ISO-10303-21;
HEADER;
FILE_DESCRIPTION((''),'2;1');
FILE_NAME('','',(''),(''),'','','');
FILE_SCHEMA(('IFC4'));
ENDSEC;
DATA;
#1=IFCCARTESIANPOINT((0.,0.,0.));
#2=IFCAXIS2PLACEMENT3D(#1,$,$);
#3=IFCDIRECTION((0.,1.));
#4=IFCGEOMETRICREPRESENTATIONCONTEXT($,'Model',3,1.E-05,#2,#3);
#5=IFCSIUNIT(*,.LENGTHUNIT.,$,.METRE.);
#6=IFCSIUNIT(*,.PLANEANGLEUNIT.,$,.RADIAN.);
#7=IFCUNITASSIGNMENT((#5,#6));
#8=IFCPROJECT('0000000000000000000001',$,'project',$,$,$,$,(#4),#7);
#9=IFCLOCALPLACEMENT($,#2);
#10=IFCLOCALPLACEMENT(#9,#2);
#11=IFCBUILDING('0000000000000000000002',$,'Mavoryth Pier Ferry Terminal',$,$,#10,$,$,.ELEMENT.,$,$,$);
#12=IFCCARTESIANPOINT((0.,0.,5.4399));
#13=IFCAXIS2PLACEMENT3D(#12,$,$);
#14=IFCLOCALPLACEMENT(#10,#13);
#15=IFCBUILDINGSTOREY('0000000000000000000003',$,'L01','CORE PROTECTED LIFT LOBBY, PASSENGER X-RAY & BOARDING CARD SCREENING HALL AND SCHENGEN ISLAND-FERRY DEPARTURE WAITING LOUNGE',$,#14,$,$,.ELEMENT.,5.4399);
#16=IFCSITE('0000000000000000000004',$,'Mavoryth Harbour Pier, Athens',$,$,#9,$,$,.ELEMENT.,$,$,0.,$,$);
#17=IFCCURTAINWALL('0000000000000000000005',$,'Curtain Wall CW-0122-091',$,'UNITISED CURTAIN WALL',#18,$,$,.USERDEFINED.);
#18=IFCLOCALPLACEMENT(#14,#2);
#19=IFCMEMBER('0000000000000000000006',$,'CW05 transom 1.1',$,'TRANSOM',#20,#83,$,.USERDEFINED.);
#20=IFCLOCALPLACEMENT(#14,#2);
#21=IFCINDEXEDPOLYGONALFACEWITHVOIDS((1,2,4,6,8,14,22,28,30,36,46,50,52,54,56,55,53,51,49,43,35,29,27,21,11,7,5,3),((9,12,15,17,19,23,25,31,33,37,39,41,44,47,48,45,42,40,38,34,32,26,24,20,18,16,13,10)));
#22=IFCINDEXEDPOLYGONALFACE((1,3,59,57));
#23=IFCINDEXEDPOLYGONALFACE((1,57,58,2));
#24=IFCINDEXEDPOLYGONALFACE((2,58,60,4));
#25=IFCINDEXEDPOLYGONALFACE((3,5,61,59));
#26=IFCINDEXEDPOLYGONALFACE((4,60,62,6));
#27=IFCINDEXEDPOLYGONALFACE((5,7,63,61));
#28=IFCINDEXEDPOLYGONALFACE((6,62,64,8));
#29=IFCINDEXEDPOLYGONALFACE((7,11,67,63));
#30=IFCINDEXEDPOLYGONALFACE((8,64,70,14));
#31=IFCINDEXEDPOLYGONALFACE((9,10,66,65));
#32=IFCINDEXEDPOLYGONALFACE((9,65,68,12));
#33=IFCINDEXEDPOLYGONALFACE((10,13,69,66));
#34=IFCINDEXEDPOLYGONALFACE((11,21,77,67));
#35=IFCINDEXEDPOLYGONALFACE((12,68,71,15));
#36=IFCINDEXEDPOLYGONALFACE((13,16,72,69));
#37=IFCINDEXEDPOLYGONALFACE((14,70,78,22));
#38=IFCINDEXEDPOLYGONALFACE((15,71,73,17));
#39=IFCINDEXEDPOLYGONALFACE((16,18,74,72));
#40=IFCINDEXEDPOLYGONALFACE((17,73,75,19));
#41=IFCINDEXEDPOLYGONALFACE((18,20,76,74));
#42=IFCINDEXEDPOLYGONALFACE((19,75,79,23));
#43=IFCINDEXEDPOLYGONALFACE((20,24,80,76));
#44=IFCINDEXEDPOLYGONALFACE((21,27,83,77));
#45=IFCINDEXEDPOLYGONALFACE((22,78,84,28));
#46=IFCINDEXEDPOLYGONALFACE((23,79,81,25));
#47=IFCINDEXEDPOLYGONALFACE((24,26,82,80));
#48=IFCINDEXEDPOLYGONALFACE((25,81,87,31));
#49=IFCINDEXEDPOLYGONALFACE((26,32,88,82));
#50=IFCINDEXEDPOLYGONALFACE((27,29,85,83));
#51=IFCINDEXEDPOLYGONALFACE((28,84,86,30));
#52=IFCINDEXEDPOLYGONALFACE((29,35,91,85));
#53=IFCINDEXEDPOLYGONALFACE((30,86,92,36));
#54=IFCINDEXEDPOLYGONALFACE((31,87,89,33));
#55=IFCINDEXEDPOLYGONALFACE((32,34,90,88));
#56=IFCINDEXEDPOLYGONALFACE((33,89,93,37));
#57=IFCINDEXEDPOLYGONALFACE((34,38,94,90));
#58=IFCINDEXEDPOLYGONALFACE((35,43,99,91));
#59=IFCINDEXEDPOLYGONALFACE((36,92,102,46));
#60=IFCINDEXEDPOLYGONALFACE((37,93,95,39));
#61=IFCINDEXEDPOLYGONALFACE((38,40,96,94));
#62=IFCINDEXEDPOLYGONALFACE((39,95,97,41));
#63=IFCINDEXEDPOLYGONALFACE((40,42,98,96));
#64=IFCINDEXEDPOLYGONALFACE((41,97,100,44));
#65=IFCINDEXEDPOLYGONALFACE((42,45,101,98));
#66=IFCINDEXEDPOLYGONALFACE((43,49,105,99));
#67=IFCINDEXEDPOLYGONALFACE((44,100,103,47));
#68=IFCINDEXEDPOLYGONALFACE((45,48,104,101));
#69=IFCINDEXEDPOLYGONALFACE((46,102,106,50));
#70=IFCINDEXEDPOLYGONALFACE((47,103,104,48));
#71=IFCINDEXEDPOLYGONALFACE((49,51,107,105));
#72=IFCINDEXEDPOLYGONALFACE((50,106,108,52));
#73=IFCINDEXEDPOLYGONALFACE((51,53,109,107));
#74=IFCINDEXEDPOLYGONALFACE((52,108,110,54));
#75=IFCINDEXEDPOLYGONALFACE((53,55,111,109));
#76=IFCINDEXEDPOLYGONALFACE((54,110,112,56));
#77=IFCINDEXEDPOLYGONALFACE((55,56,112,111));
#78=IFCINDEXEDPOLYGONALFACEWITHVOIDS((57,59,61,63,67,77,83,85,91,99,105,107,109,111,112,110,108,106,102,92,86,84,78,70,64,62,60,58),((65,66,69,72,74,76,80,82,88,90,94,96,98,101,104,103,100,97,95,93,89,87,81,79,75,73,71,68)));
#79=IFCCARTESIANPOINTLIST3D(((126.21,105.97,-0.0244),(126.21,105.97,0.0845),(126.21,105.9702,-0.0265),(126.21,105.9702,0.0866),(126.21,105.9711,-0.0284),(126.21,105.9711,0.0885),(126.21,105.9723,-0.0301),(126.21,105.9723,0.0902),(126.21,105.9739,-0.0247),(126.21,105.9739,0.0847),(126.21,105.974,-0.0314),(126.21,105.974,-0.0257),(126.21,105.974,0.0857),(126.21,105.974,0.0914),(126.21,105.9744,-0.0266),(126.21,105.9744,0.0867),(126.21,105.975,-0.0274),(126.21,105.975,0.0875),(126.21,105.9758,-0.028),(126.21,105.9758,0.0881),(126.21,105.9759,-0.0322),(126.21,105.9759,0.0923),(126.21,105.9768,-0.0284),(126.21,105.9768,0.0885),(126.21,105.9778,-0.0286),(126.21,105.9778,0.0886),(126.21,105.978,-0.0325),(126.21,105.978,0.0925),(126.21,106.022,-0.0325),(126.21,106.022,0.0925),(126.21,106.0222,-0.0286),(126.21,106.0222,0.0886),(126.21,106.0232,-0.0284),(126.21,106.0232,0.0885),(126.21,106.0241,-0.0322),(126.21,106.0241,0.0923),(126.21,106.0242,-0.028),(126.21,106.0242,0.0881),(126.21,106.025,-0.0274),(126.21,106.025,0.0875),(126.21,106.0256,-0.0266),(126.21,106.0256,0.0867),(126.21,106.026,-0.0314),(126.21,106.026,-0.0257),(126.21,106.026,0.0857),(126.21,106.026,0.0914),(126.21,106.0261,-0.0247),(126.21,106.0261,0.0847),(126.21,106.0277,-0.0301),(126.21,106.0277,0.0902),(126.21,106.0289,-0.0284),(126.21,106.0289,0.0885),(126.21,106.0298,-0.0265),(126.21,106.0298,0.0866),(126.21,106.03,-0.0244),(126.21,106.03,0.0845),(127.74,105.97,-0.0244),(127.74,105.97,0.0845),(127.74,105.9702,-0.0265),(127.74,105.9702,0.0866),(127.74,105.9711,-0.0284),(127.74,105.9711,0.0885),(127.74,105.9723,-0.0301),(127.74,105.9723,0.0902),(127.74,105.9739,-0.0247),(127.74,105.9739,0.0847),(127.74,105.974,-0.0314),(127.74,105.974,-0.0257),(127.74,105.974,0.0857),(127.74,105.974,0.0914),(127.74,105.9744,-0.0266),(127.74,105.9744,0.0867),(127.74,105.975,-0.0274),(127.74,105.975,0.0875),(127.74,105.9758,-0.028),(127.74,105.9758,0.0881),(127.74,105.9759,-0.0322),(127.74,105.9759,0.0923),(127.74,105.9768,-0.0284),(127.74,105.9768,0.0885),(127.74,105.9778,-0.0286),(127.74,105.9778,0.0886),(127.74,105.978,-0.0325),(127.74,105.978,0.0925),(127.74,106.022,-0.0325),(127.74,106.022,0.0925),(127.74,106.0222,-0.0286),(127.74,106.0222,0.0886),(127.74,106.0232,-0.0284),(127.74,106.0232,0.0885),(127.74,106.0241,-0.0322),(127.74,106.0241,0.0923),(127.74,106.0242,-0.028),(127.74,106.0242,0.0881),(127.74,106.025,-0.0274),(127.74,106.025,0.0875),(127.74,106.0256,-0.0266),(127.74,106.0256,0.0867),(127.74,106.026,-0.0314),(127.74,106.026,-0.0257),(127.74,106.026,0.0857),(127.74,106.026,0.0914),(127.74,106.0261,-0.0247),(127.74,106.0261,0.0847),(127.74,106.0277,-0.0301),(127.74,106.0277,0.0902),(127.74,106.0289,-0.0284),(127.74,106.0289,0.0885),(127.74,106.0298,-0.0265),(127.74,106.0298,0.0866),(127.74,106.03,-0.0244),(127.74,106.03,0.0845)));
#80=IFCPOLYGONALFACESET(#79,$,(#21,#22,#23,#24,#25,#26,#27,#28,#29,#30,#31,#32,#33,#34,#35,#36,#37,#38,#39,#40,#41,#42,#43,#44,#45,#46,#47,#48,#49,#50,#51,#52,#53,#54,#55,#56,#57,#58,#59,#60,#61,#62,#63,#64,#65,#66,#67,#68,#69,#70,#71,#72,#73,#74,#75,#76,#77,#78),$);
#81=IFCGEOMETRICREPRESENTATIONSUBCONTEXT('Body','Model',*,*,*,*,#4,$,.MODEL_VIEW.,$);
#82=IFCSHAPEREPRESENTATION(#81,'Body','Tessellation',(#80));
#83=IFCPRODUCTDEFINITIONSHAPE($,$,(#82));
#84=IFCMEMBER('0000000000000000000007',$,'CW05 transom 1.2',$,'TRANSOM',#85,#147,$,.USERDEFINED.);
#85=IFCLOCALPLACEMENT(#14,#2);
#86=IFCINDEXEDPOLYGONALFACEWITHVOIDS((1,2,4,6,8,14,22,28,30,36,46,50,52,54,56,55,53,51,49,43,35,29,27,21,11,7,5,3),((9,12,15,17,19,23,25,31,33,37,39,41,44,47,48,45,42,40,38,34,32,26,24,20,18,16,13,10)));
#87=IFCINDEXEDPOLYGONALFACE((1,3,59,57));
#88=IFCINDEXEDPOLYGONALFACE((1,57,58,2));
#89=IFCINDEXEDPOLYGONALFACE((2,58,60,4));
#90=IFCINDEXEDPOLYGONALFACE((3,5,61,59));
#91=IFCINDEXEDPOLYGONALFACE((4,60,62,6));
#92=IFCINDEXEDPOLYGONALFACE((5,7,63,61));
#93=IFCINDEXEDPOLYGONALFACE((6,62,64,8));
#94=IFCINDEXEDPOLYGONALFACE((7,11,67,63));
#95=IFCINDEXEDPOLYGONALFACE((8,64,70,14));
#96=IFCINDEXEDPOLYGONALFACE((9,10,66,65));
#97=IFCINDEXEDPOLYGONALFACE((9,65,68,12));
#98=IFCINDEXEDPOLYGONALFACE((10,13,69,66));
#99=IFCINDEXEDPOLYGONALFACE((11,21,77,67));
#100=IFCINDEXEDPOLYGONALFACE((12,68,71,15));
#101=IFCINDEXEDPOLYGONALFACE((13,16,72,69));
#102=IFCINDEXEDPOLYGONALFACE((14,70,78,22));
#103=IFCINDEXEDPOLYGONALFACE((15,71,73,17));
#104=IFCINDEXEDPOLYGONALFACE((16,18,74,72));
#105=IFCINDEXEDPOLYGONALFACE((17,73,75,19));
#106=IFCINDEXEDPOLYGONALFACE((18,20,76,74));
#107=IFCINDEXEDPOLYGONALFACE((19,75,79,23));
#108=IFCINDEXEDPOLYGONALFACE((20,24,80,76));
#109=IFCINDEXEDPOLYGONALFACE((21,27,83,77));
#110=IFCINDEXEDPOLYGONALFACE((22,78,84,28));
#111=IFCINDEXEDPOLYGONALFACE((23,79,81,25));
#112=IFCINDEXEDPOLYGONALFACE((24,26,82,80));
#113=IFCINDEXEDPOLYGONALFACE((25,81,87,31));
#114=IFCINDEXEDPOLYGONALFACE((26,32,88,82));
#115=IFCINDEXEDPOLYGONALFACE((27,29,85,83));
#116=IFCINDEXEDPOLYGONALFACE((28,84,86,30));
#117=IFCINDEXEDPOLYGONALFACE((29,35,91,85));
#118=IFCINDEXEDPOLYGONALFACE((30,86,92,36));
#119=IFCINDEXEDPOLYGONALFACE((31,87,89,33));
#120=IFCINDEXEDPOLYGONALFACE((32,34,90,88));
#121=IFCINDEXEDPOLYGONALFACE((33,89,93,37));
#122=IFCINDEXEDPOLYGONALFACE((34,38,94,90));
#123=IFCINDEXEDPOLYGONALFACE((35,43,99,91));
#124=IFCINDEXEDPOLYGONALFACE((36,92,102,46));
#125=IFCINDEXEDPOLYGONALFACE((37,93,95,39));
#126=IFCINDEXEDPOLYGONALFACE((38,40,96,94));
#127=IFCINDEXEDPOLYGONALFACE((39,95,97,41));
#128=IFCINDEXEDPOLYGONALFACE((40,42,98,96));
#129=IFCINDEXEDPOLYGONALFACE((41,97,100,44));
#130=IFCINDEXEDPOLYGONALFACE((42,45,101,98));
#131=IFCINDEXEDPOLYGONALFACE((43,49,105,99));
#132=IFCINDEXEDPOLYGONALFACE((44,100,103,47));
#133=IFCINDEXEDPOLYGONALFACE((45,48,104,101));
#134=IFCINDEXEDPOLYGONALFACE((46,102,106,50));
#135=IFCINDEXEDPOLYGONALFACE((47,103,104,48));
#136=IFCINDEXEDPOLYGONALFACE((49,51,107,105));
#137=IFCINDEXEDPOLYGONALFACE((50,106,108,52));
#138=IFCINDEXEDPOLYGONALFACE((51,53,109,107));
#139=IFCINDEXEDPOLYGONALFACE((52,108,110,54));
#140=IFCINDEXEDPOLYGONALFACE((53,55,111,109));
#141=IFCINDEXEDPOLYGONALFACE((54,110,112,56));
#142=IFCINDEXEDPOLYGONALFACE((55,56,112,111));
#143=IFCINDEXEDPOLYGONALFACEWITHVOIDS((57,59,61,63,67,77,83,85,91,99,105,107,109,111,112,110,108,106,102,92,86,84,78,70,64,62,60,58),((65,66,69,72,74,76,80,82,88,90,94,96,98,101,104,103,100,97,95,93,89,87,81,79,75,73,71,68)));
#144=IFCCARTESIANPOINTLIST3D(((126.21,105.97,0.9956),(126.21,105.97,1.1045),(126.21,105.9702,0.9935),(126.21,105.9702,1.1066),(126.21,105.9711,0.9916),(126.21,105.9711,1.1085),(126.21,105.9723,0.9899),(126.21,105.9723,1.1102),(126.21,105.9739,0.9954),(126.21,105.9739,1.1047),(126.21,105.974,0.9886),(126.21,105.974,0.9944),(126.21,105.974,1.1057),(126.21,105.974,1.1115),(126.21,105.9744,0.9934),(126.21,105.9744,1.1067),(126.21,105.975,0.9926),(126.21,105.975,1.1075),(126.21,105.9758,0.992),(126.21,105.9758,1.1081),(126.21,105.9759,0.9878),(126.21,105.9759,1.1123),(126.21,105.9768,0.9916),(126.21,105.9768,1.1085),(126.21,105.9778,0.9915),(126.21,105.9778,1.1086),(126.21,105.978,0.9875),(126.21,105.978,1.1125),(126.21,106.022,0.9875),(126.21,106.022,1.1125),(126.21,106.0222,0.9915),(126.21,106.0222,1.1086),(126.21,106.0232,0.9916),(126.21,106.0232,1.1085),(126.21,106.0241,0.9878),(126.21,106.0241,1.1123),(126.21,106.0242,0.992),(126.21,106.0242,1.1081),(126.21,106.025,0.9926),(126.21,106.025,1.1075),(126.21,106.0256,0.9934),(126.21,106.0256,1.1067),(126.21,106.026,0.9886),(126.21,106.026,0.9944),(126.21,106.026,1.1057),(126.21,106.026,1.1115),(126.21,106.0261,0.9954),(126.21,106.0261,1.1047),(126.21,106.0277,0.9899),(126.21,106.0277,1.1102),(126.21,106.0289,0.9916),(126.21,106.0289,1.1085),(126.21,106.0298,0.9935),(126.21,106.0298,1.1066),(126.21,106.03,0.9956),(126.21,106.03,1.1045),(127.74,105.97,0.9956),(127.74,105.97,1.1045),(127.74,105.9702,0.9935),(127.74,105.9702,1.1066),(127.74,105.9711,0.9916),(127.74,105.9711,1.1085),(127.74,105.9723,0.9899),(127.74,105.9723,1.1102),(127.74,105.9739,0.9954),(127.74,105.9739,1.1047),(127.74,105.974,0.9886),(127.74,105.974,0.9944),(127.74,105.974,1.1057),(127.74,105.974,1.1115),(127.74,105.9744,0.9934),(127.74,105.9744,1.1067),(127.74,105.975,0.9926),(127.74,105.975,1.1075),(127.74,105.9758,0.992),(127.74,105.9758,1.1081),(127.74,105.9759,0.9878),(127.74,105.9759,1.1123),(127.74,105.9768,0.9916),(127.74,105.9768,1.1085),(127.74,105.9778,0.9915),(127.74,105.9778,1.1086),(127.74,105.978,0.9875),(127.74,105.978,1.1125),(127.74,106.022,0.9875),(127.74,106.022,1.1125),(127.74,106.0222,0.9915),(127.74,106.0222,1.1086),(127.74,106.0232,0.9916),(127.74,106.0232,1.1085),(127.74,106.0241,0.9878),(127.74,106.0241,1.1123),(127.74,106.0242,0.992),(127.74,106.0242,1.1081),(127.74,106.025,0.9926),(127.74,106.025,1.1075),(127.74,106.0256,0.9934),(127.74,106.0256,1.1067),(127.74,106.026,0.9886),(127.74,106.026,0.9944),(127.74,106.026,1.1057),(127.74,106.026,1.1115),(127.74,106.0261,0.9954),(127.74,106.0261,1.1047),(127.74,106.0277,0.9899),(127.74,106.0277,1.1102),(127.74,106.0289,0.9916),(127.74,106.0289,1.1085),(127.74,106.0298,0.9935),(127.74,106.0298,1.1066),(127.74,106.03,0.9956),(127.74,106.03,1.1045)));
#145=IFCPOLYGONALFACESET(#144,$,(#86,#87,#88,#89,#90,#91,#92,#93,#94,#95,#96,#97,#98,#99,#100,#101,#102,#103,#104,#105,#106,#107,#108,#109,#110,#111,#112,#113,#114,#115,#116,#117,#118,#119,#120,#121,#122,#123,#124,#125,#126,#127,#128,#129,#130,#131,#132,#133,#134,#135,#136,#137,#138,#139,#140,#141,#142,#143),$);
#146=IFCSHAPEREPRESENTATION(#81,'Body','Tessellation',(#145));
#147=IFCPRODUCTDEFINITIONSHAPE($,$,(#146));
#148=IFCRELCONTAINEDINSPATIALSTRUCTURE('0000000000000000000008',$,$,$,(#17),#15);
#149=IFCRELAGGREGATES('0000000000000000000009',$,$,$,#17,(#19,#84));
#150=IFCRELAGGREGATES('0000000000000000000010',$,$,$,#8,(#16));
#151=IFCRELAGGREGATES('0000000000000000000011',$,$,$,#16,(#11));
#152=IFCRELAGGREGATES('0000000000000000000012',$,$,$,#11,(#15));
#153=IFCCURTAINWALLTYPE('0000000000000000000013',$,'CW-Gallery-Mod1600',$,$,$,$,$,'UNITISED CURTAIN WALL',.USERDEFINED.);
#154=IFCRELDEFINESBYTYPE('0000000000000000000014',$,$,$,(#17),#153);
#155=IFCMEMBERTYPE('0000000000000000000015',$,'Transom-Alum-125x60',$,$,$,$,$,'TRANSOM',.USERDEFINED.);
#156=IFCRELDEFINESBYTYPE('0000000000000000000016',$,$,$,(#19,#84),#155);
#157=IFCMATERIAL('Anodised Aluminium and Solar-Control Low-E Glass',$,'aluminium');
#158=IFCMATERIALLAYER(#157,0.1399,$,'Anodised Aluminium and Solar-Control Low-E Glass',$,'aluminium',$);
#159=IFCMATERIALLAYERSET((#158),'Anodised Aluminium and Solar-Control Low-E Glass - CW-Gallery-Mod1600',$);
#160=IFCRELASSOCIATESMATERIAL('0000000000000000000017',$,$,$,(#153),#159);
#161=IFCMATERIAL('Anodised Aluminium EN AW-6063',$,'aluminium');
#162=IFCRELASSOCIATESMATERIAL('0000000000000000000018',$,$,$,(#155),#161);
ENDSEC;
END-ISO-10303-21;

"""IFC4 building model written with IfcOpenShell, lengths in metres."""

from ifc_helpers import new_model, si_unit, direction, frame, origin, origin_2d, place, context, subcontext, project, spatial, hollow_rectangle, extrude, material, layer, layer_set, material_profile, profile_set, type_object, element, aggregate, save


model = new_model("IFC4")

# Units and contexts
model_context = context("Model", 3, precision=1e-05, world=origin(), true_north=direction((0.0, 1.0)))
body_context = subcontext(model_context, "Body", "Model", "MODEL_VIEW")
ifc_project = project(units=[si_unit("LENGTHUNIT", "METRE"), si_unit("PLANEANGLEUNIT", "RADIAN")], contexts=[model_context])

# Site, building, storey
site_placement = place(None, origin())
site = spatial("IfcSite", under=ifc_project, at=site_placement, Name="Mavoryth Harbour Pier, Athens", CompositionType="ELEMENT", RefElevation=0.0)
building_placement = place(site_placement, origin())
building = spatial("IfcBuilding", under=site, at=building_placement, Name="Mavoryth Pier Ferry Terminal", CompositionType="ELEMENT")
storey_placement = place(building_placement, frame((0.0, 0.0, 5.4399)))
storey = spatial("IfcBuildingStorey", under=building, at=storey_placement, Name="L01", Description="CORE PROTECTED LIFT LOBBY, PASSENGER X-RAY & BOARDING CARD SCREENING HALL AND SCHENGEN ISLAND-FERRY DEPARTURE WAITING LOUNGE", CompositionType="ELEMENT", Elevation=5.4399)

# Shared definitions
ifc_material_1 = material(Name="Anodised Aluminium and Solar-Control Low-E Glass", Category="aluminium")
ifc_layer_1 = layer(ifc_material_1, 0.1399, Name="Anodised Aluminium and Solar-Control Low-E Glass", Category="aluminium")
ifc_layer_set_1 = layer_set([ifc_layer_1], Name="Anodised Aluminium and Solar-Control Low-E Glass - CW-Gallery-Mod1600")
curtain_wall_type = type_object("IfcCurtainWallType", Name="CW-Gallery-Mod1600", ElementType="UNITISED CURTAIN WALL", PredefinedType="USERDEFINED", material=ifc_layer_set_1)
ifc_material_2 = material(Name="Anodised Aluminium EN AW-6063", Category="aluminium")

# Curtain wall
curtain_wall_1_placement = place(storey_placement, origin())
curtain_wall_1 = element("IfcCurtainWall", 1, at=curtain_wall_1_placement, inside=storey, type_object=curtain_wall_type, Name="Curtain Wall CW-0122-091", ObjectType="UNITISED CURTAIN WALL", PredefinedType="USERDEFINED")

# Members
ifc_material_profile_1 = material_profile(ifc_material_2, hollow_rectangle(XDim=0.0601, YDim=0.125, WallThickness=0.0039, InnerFilletRadius=0.0039, OuterFilletRadius=0.0081, at=origin_2d()), Name="AL-TRAN 125x60x4", Category="aluminium")
ifc_profile_set_1 = profile_set([ifc_material_profile_1], Name="Anodised Aluminium EN AW-6063 - AL-TRAN 125x60x4")
member_type_1 = type_object("IfcMemberType", Name="Transom-Alum-125x60", ElementType="TRANSOM", PredefinedType="USERDEFINED", material=ifc_profile_set_1)
member_1_placement = place(storey_placement, frame((126.21, 106.0, 0.03), z_axis=(1.0, 0.0, 0.0), x_axis=(0.0, 1.0, 0.0)))
member_1 = element("IfcMember", 2, at=member_1_placement, type_object=member_type_1, Name="CW05 transom 1.1", ObjectType="TRANSOM", PredefinedType="USERDEFINED", context=body_context, shape_type="SweptSolid", body=[
    extrude(hollow_rectangle(XDim=0.0601, YDim=0.125, WallThickness=0.0039, InnerFilletRadius=0.0039, OuterFilletRadius=0.0081, at=origin_2d()), origin(), (0.0, 0.0, 1.0), 1.53),
])
member_2_placement = place(storey_placement, frame((126.21, 106.0, 1.05), z_axis=(1.0, 0.0, 0.0), x_axis=(0.0, 1.0, 0.0)))
member_2 = element("IfcMember", 3, at=member_2_placement, type_object=member_type_1, Name="CW05 transom 1.2", ObjectType="TRANSOM", PredefinedType="USERDEFINED", context=body_context, shape_type="SweptSolid", body=[
    extrude(hollow_rectangle(XDim=0.0601, YDim=0.125, WallThickness=0.0039, InnerFilletRadius=0.0039, OuterFilletRadius=0.0081, at=origin_2d()), origin(), (0.0, 0.0, 1.0), 1.53),
])

aggregate(curtain_wall_1, [member_1, member_2])

save(model, "model.ifc")
